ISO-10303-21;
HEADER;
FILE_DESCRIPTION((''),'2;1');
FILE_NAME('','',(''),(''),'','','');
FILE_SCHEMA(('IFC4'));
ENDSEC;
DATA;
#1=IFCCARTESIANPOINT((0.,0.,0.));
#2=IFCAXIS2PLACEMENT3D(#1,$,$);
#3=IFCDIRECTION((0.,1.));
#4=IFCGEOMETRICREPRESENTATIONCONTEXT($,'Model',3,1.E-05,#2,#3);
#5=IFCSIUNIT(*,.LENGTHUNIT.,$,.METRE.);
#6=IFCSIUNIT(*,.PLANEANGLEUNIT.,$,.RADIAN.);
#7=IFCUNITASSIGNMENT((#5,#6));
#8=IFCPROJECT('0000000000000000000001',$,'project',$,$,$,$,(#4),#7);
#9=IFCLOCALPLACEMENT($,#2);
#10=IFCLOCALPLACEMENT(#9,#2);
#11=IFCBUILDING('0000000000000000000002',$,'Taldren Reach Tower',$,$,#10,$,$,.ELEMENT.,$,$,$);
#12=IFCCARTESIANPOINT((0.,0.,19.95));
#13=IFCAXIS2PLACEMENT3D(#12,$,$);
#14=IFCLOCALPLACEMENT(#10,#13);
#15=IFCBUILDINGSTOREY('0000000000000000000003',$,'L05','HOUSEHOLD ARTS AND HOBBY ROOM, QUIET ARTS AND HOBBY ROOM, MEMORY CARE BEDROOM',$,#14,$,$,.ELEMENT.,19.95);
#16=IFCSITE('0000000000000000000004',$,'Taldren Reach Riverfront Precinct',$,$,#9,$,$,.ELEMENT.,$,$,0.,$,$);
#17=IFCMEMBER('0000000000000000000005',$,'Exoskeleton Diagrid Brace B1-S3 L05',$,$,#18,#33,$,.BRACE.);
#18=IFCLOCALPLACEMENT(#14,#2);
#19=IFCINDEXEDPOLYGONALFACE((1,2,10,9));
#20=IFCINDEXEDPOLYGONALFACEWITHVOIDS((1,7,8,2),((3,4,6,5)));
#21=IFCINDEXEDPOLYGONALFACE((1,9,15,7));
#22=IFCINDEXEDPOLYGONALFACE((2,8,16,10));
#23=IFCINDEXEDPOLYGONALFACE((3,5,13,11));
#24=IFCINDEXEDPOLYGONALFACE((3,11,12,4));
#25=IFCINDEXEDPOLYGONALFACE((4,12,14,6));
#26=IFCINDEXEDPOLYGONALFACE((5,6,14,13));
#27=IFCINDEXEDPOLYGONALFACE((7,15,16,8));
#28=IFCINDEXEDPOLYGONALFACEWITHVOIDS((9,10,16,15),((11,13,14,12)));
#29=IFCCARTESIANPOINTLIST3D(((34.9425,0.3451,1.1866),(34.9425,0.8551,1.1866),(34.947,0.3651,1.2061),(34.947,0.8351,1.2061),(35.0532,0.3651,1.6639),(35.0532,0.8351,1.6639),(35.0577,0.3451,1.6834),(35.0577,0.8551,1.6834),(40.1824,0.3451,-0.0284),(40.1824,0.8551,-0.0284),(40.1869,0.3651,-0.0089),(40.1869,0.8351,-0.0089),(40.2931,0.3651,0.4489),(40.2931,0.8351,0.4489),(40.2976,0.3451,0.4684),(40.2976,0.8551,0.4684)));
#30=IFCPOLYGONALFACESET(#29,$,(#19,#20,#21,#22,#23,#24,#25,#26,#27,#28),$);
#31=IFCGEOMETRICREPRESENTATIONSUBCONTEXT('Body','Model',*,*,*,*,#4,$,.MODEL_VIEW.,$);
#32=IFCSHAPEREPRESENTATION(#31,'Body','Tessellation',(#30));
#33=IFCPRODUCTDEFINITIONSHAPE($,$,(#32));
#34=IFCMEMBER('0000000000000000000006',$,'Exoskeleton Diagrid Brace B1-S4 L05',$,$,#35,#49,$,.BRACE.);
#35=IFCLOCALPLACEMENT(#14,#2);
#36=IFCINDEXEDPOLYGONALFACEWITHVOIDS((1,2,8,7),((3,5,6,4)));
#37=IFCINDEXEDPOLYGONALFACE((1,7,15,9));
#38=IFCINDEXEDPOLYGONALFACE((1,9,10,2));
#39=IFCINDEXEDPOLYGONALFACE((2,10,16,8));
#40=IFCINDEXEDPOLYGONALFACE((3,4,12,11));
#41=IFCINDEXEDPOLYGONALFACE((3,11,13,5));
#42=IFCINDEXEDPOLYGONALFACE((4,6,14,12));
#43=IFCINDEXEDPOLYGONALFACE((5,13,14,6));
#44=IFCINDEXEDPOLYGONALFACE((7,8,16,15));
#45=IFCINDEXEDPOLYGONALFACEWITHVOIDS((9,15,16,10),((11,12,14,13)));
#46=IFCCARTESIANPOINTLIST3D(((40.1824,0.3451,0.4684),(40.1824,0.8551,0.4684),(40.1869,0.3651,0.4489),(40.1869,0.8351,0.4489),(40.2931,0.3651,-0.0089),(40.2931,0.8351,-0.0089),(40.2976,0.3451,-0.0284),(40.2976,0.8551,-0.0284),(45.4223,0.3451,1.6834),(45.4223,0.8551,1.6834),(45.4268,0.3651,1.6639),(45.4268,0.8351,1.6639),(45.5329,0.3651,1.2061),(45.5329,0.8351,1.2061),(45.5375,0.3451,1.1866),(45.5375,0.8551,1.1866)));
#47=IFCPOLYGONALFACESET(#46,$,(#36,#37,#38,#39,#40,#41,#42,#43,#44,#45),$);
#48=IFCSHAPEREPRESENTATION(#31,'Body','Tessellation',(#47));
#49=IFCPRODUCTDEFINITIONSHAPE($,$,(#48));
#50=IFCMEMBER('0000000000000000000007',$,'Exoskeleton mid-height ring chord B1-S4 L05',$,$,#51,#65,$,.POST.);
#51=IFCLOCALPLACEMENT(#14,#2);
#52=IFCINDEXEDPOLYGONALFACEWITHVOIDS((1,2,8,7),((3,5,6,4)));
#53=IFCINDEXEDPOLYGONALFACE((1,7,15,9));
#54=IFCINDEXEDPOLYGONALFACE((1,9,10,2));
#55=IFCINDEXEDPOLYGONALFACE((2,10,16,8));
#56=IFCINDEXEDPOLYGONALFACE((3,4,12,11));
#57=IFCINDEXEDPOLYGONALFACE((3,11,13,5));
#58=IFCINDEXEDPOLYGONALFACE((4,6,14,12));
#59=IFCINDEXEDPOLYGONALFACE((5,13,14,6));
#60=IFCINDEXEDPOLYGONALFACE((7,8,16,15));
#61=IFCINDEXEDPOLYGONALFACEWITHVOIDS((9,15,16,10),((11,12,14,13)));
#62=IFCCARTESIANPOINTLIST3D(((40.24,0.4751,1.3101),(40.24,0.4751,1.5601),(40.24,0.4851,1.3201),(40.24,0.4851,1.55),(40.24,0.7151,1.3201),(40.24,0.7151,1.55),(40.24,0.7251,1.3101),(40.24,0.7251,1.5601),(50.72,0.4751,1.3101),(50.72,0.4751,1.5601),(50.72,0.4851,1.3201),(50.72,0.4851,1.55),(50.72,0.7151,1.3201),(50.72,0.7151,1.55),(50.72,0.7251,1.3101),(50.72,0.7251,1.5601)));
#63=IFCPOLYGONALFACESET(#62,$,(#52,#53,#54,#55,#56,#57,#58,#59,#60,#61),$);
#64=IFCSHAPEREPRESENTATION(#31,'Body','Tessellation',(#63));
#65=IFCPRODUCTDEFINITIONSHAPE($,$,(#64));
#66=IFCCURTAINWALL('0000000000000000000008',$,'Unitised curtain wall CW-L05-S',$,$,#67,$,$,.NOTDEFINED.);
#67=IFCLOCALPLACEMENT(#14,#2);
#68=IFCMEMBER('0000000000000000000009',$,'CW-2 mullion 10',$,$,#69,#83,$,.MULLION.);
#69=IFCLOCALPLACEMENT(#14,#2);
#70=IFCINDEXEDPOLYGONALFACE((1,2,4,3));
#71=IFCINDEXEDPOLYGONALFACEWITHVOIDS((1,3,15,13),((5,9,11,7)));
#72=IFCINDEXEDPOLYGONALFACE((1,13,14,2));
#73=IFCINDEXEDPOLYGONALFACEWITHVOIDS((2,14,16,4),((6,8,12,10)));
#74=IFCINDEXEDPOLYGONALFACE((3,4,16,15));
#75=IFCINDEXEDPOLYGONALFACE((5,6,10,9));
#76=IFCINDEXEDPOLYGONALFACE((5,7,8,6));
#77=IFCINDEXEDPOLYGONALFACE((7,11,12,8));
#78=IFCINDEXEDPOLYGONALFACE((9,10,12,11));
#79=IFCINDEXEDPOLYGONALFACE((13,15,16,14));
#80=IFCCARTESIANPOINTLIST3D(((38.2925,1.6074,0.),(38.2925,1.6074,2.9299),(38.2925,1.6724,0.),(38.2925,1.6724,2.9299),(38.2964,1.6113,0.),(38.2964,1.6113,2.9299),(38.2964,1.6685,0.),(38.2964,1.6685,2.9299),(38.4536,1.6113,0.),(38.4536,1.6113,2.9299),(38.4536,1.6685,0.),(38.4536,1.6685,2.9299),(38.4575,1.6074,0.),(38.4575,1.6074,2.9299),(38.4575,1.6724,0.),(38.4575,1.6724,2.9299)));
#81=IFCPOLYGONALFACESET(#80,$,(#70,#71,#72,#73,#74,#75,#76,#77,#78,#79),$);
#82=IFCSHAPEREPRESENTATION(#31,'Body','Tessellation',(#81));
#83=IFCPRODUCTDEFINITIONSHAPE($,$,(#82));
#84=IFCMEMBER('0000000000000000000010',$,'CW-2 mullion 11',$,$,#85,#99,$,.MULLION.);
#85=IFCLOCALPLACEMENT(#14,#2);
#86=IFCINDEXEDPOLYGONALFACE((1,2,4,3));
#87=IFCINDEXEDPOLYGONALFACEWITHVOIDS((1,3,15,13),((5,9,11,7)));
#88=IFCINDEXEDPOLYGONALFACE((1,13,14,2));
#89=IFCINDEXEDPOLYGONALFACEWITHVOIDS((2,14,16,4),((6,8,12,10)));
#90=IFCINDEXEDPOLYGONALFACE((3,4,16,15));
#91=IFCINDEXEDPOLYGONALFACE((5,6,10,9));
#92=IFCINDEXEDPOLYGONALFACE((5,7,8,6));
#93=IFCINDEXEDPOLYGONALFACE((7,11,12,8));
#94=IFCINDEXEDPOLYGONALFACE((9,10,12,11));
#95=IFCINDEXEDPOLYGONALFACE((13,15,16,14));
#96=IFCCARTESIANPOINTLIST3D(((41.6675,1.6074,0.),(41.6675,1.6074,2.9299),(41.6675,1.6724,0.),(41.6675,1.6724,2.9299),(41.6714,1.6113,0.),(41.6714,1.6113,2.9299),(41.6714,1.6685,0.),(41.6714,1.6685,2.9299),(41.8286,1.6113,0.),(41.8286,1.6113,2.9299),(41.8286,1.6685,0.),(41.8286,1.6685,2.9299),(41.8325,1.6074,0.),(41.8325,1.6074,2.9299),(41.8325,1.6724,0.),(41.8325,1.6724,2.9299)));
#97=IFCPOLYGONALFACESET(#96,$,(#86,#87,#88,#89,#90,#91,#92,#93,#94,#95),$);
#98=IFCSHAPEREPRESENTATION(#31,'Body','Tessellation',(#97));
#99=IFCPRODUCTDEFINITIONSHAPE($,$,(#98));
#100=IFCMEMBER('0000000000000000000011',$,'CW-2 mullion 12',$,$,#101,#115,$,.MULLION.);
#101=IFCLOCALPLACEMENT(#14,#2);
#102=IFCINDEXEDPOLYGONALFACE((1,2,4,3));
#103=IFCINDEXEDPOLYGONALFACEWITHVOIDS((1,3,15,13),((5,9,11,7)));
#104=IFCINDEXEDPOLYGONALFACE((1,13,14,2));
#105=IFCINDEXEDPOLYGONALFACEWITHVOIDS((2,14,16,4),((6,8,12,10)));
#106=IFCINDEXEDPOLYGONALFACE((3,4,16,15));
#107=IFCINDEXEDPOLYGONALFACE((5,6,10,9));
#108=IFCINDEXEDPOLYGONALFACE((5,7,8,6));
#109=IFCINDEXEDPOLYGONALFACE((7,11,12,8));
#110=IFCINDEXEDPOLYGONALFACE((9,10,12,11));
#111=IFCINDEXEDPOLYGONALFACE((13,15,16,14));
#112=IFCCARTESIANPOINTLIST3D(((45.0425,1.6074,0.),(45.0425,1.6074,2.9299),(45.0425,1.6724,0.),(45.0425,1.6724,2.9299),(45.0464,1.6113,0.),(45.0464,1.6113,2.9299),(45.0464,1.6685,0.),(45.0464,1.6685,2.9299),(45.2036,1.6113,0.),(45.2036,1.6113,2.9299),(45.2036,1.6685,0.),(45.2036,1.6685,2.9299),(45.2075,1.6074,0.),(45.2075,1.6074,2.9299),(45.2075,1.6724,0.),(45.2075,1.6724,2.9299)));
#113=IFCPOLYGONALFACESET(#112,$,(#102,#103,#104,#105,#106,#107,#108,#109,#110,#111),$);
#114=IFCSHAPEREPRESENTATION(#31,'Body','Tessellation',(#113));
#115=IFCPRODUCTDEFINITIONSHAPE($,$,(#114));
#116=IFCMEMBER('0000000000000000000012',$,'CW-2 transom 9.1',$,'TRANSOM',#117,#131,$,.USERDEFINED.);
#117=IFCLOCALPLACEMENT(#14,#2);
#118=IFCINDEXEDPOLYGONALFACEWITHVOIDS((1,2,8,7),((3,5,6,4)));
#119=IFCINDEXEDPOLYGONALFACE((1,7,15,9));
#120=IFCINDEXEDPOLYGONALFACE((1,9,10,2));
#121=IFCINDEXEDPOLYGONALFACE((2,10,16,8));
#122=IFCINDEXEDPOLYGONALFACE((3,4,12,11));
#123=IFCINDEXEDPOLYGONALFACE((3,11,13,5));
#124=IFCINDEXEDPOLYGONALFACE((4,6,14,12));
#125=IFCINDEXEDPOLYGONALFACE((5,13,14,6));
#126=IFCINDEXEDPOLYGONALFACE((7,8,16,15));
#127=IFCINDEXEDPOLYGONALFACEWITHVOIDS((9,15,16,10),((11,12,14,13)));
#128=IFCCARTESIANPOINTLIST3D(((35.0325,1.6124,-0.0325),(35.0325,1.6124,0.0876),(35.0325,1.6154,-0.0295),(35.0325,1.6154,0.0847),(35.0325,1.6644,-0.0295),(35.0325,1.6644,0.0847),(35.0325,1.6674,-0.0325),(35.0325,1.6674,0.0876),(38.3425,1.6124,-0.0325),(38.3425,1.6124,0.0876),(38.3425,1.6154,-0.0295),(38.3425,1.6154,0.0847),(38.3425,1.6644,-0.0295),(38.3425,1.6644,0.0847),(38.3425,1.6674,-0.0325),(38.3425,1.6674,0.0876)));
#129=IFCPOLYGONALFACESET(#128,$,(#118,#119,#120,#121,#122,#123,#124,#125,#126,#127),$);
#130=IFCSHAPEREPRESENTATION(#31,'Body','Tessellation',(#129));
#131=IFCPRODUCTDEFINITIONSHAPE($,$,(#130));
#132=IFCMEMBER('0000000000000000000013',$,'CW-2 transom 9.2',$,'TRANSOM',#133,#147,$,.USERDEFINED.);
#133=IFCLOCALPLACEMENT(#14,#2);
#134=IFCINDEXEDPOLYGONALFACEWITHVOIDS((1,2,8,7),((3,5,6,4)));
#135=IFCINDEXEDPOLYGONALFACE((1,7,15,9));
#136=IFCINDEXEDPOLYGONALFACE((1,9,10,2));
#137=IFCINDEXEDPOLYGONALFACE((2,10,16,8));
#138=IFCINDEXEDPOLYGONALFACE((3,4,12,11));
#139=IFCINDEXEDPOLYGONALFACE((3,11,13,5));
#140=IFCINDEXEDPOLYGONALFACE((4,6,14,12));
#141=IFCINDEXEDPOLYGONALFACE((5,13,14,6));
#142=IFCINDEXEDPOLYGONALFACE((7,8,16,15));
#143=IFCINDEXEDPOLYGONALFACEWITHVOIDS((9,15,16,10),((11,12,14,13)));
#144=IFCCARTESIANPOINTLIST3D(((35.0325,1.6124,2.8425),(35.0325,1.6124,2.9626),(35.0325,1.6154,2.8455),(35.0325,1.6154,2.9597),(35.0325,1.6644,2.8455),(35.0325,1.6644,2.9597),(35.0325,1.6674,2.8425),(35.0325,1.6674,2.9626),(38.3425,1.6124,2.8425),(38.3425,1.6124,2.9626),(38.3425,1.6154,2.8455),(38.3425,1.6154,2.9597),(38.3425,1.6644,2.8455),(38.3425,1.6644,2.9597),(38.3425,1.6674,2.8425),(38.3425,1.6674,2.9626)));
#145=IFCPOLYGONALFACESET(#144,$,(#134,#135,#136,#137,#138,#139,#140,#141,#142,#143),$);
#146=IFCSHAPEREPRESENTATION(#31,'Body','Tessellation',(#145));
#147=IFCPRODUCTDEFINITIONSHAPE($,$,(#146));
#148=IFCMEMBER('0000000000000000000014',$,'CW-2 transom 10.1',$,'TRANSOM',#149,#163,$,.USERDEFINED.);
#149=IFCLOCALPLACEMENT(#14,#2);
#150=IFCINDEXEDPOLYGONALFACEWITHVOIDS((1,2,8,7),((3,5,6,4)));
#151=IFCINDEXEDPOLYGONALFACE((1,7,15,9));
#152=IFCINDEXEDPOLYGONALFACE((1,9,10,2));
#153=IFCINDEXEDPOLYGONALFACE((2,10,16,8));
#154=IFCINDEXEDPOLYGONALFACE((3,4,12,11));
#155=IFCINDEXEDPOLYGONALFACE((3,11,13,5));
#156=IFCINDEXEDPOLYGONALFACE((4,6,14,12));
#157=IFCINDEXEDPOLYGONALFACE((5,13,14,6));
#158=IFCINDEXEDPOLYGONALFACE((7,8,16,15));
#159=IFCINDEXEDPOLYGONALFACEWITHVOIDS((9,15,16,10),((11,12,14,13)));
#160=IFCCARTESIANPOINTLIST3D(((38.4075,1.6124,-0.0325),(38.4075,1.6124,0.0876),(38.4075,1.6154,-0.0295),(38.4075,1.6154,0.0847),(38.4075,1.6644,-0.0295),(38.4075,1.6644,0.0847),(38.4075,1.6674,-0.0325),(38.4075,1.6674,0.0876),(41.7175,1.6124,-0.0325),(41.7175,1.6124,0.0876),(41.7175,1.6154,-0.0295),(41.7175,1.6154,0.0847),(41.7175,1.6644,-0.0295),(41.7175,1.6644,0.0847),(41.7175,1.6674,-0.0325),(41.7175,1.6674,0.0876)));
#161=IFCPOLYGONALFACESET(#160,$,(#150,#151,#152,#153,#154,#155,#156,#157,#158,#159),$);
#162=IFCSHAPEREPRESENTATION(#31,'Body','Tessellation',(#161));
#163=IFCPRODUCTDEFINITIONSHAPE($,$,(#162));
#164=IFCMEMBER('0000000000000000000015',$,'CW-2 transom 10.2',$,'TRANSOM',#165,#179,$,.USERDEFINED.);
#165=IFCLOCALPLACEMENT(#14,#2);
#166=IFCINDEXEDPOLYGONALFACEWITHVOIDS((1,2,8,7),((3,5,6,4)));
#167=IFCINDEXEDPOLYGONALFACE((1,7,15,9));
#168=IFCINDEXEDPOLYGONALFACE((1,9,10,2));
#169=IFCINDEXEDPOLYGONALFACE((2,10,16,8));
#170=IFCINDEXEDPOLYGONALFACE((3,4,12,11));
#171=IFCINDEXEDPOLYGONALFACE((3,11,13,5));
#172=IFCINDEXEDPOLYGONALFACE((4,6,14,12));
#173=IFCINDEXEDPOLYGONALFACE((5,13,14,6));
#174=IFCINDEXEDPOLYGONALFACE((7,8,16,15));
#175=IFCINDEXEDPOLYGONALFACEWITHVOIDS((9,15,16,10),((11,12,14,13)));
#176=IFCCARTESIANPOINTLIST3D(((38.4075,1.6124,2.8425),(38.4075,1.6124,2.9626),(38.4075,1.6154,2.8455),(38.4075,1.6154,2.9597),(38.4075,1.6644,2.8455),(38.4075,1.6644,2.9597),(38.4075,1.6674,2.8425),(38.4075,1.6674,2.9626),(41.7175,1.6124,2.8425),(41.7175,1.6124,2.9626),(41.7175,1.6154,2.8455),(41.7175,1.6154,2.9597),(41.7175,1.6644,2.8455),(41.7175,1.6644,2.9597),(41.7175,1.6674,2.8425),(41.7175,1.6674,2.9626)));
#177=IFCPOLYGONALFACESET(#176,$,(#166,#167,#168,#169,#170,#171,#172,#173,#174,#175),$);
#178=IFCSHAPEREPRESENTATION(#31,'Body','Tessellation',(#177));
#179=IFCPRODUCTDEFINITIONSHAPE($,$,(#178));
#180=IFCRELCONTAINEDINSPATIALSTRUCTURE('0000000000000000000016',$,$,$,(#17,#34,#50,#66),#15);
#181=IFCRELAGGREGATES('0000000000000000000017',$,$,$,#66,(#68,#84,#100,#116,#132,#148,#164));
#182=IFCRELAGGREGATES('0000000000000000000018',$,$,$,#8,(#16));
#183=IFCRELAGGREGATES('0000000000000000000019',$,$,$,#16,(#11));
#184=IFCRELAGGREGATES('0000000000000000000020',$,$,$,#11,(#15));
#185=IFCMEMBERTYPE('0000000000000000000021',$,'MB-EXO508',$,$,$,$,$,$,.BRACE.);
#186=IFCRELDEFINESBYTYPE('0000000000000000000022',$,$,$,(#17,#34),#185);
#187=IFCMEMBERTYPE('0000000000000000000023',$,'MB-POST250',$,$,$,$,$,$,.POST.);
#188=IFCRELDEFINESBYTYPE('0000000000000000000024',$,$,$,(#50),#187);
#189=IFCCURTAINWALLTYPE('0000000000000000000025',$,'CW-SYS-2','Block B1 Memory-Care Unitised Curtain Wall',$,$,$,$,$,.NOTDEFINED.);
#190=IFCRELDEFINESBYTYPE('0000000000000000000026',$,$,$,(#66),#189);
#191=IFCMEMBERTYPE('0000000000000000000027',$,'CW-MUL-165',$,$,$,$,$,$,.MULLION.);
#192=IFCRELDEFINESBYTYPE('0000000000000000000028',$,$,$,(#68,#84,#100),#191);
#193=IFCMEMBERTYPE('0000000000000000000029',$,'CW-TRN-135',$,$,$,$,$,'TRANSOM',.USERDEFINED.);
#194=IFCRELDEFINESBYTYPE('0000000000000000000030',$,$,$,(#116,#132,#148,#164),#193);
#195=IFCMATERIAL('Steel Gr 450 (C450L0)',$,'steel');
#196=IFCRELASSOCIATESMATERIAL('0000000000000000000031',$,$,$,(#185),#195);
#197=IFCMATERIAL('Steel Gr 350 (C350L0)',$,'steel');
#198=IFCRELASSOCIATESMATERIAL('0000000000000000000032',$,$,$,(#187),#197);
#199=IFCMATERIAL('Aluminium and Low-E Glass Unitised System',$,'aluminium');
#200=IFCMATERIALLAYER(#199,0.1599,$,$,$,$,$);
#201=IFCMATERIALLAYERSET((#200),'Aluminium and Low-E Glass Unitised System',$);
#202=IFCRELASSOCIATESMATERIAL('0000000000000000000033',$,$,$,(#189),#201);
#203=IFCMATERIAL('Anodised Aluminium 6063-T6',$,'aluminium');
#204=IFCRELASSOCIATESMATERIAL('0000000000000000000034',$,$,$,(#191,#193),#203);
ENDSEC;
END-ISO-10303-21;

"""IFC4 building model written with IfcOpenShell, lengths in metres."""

from ifc_helpers import new_model, si_unit, direction, frame, origin, origin_2d, place, context, subcontext, project, spatial, hollow_rectangle, extrude, source, transform, mapped, material, layer, layer_set, material_profile, profile_set, type_object, element, aggregate, save


model = new_model("IFC4")

# Units and contexts
model_context = context("Model", 3, precision=1e-05, world=origin(), true_north=direction((0.0, 1.0)))
body_context = subcontext(model_context, "Body", "Model", "MODEL_VIEW")
ifc_project = project(units=[si_unit("LENGTHUNIT", "METRE"), si_unit("PLANEANGLEUNIT", "RADIAN")], contexts=[model_context])

# Site, building, storey
site_placement = place(None, origin())
site = spatial("IfcSite", under=ifc_project, at=site_placement, Name="Taldren Reach Riverfront Precinct", CompositionType="ELEMENT", RefElevation=0.0)
building_placement = place(site_placement, origin())
building = spatial("IfcBuilding", under=site, at=building_placement, Name="Taldren Reach Tower", CompositionType="ELEMENT")
storey_placement = place(building_placement, frame((0.0, 0.0, 19.95)))
storey = spatial("IfcBuildingStorey", under=building, at=storey_placement, Name="L05", Description="HOUSEHOLD ARTS AND HOBBY ROOM, QUIET ARTS AND HOBBY ROOM, MEMORY CARE BEDROOM", CompositionType="ELEMENT", Elevation=19.95)

# Members
ifc_material_1 = material(Name="Steel Gr 450 (C450L0)", Category="steel")
ifc_material_profile_1 = material_profile(ifc_material_1, hollow_rectangle(XDim=0.51, YDim=0.51, WallThickness=0.02, at=origin_2d()), Name="510x510x20.0SHS")
ifc_profile_set_1 = profile_set([ifc_material_profile_1], Name="Steel Gr 450 (C450L0)")
member_type_1 = type_object("IfcMemberType", Name="MB-EXO508", PredefinedType="BRACE", material=ifc_profile_set_1)
shared_shape_1 = source(origin(), body_context, "Body", "SweptSolid", [
    extrude(hollow_rectangle(XDim=0.51, YDim=0.51, WallThickness=0.02, at=origin_2d()), origin(), (0.0, 0.0, 1.0), 5.3789),
])
for number, where, z_axis, x_axis, name in (
    (1, (40.24, 0.6001, 0.22), (-0.974152, 0.0, 0.225894), (0.0, -1.0, 0.0), "Exoskeleton Diagrid Brace B1-S3 L05"),
    (2, (40.24, 0.6001, 0.22), (0.974152, 0.0, 0.225894), (0.0, 1.0, 0.0), "Exoskeleton Diagrid Brace B1-S4 L05"),
):
    element("IfcMember", number, at=place(storey_placement, frame(where, z_axis=z_axis, x_axis=x_axis)), inside=storey, type_object=member_type_1, Name=name, PredefinedType="BRACE", context=body_context, shape_type="MappedRepresentation", body=[
        mapped(shared_shape_1, transform((0.0, 0.0, 0.0), scale=1.0)),
    ])
ifc_material_2 = material(Name="Steel Gr 350 (C350L0)", Category="steel")
ifc_material_profile_2 = material_profile(ifc_material_2, hollow_rectangle(XDim=0.25, YDim=0.25, WallThickness=0.01, at=origin_2d()), Name="250x250x10.0SHS")
ifc_profile_set_2 = profile_set([ifc_material_profile_2], Name="Steel Gr 350 (C350L0)")
member_type_2 = type_object("IfcMemberType", Name="MB-POST250", PredefinedType="POST", material=ifc_profile_set_2)
shared_shape_2 = source(origin(), body_context, "Body", "SweptSolid", [
    extrude(hollow_rectangle(XDim=0.25, YDim=0.25, WallThickness=0.01, at=origin_2d()), origin(), (0.0, 0.0, 1.0), 10.48),
])
member_1_placement = place(storey_placement, frame((40.24, 0.6001, 1.4351), z_axis=(1.0, 0.0, 0.0), x_axis=(0.0, 1.0, 0.0)))
element("IfcMember", 3, at=member_1_placement, inside=storey, type_object=member_type_2, Name="Exoskeleton mid-height ring chord B1-S4 L05", PredefinedType="POST", context=body_context, shape_type="MappedRepresentation", body=[
    mapped(shared_shape_2, transform((0.0, 0.0, 0.0), scale=1.0)),
])

# Curtain wall, members
ifc_material_3 = material(Name="Aluminium and Low-E Glass Unitised System", Category="aluminium")
ifc_layer_1 = layer(ifc_material_3, 0.1599)
ifc_layer_set_1 = layer_set([ifc_layer_1], Name="Aluminium and Low-E Glass Unitised System")
curtain_wall_type = type_object("IfcCurtainWallType", Name="CW-SYS-2", Description="Block B1 Memory-Care Unitised Curtain Wall", PredefinedType="NOTDEFINED", material=ifc_layer_set_1)
curtain_wall_placement = place(storey_placement, origin())
curtain_wall = element("IfcCurtainWall", 4, at=curtain_wall_placement, inside=storey, type_object=curtain_wall_type, Name="Unitised curtain wall CW-L05-S", PredefinedType="NOTDEFINED")
ifc_material_4 = material(Name="Anodised Aluminium 6063-T6", Category="aluminium")
ifc_material_profile_3 = material_profile(ifc_material_4, hollow_rectangle(XDim=0.0649, YDim=0.165, WallThickness=0.0039, at=origin_2d()), Name="ALU-165x65x4RHS")
ifc_profile_set_3 = profile_set([ifc_material_profile_3], Name="Anodised Aluminium 6063-T6")
member_type_3 = type_object("IfcMemberType", Name="CW-MUL-165", PredefinedType="MULLION", material=ifc_profile_set_3)
shared_shape_3 = source(origin(), body_context, "Body", "SweptSolid", [
    extrude(hollow_rectangle(XDim=0.0649, YDim=0.165, WallThickness=0.0039, at=origin_2d()), origin(), (0.0, 0.0, 1.0), 2.9299),
])
member_2_placement = place(storey_placement, frame((38.375, 1.6399, 0.0), z_axis=(0.0, 0.0, 1.0), x_axis=(0.0, 1.0, 0.0)))
member_2 = element("IfcMember", 5, at=member_2_placement, type_object=member_type_3, Name="CW-2 mullion 10", PredefinedType="MULLION", context=body_context, shape_type="MappedRepresentation", body=[
    mapped(shared_shape_3, transform((0.0, 0.0, 0.0), scale=1.0)),
])
member_3_placement = place(storey_placement, frame((41.75, 1.6399, 0.0), z_axis=(0.0, 0.0, 1.0), x_axis=(0.0, 1.0, 0.0)))
member_3 = element("IfcMember", 6, at=member_3_placement, type_object=member_type_3, Name="CW-2 mullion 11", PredefinedType="MULLION", context=body_context, shape_type="MappedRepresentation", body=[
    mapped(shared_shape_3, transform((0.0, 0.0, 0.0), scale=1.0)),
])
member_4_placement = place(storey_placement, frame((45.125, 1.6399, 0.0), z_axis=(0.0, 0.0, 1.0), x_axis=(0.0, 1.0, 0.0)))
member_4 = element("IfcMember", 7, at=member_4_placement, type_object=member_type_3, Name="CW-2 mullion 12", PredefinedType="MULLION", context=body_context, shape_type="MappedRepresentation", body=[
    mapped(shared_shape_3, transform((0.0, 0.0, 0.0), scale=1.0)),
])
ifc_material_profile_4 = material_profile(ifc_material_4, hollow_rectangle(XDim=0.0549, YDim=0.1201, WallThickness=0.0029, at=origin_2d()), Name="ALU-120x55x3RHS")
ifc_profile_set_4 = profile_set([ifc_material_profile_4], Name="Anodised Aluminium 6063-T6")
member_type_4 = type_object("IfcMemberType", Name="CW-TRN-135", ElementType="TRANSOM", PredefinedType="USERDEFINED", material=ifc_profile_set_4)
shared_shape_4 = source(origin(), body_context, "Body", "SweptSolid", [
    extrude(hollow_rectangle(XDim=0.0549, YDim=0.1201, WallThickness=0.0029, at=origin_2d()), origin(), (0.0, 0.0, 1.0), 3.3101),
])
member_5_placement = place(storey_placement, frame((35.0325, 1.6399, 0.0276), z_axis=(1.0, 0.0, 0.0), x_axis=(0.0, 1.0, 0.0)))
member_5 = element("IfcMember", 8, at=member_5_placement, type_object=member_type_4, Name="CW-2 transom 9.1", ObjectType="TRANSOM", PredefinedType="USERDEFINED", context=body_context, shape_type="MappedRepresentation", body=[
    mapped(shared_shape_4, transform((0.0, 0.0, 0.0), scale=1.0)),
])
member_6_placement = place(storey_placement, frame((35.0325, 1.6399, 2.9026), z_axis=(1.0, 0.0, 0.0), x_axis=(0.0, 1.0, 0.0)))
member_6 = element("IfcMember", 9, at=member_6_placement, type_object=member_type_4, Name="CW-2 transom 9.2", ObjectType="TRANSOM", PredefinedType="USERDEFINED", context=body_context, shape_type="MappedRepresentation", body=[
    mapped(shared_shape_4, transform((0.0, 0.0, 0.0), scale=1.0)),
])
member_7_placement = place(storey_placement, frame((38.4075, 1.6399, 0.0276), z_axis=(1.0, 0.0, 0.0), x_axis=(0.0, 1.0, 0.0)))
member_7 = element("IfcMember", 10, at=member_7_placement, type_object=member_type_4, Name="CW-2 transom 10.1", ObjectType="TRANSOM", PredefinedType="USERDEFINED", context=body_context, shape_type="MappedRepresentation", body=[
    mapped(shared_shape_4, transform((0.0, 0.0, 0.0), scale=1.0)),
])
member_8_placement = place(storey_placement, frame((38.4075, 1.6399, 2.9026), z_axis=(1.0, 0.0, 0.0), x_axis=(0.0, 1.0, 0.0)))
member_8 = element("IfcMember", 11, at=member_8_placement, type_object=member_type_4, Name="CW-2 transom 10.2", ObjectType="TRANSOM", PredefinedType="USERDEFINED", context=body_context, shape_type="MappedRepresentation", body=[
    mapped(shared_shape_4, transform((0.0, 0.0, 0.0), scale=1.0)),
])

aggregate(curtain_wall, [member_2, member_3, member_4, member_5, member_6, member_7, member_8])

save(model, "model.ifc")
